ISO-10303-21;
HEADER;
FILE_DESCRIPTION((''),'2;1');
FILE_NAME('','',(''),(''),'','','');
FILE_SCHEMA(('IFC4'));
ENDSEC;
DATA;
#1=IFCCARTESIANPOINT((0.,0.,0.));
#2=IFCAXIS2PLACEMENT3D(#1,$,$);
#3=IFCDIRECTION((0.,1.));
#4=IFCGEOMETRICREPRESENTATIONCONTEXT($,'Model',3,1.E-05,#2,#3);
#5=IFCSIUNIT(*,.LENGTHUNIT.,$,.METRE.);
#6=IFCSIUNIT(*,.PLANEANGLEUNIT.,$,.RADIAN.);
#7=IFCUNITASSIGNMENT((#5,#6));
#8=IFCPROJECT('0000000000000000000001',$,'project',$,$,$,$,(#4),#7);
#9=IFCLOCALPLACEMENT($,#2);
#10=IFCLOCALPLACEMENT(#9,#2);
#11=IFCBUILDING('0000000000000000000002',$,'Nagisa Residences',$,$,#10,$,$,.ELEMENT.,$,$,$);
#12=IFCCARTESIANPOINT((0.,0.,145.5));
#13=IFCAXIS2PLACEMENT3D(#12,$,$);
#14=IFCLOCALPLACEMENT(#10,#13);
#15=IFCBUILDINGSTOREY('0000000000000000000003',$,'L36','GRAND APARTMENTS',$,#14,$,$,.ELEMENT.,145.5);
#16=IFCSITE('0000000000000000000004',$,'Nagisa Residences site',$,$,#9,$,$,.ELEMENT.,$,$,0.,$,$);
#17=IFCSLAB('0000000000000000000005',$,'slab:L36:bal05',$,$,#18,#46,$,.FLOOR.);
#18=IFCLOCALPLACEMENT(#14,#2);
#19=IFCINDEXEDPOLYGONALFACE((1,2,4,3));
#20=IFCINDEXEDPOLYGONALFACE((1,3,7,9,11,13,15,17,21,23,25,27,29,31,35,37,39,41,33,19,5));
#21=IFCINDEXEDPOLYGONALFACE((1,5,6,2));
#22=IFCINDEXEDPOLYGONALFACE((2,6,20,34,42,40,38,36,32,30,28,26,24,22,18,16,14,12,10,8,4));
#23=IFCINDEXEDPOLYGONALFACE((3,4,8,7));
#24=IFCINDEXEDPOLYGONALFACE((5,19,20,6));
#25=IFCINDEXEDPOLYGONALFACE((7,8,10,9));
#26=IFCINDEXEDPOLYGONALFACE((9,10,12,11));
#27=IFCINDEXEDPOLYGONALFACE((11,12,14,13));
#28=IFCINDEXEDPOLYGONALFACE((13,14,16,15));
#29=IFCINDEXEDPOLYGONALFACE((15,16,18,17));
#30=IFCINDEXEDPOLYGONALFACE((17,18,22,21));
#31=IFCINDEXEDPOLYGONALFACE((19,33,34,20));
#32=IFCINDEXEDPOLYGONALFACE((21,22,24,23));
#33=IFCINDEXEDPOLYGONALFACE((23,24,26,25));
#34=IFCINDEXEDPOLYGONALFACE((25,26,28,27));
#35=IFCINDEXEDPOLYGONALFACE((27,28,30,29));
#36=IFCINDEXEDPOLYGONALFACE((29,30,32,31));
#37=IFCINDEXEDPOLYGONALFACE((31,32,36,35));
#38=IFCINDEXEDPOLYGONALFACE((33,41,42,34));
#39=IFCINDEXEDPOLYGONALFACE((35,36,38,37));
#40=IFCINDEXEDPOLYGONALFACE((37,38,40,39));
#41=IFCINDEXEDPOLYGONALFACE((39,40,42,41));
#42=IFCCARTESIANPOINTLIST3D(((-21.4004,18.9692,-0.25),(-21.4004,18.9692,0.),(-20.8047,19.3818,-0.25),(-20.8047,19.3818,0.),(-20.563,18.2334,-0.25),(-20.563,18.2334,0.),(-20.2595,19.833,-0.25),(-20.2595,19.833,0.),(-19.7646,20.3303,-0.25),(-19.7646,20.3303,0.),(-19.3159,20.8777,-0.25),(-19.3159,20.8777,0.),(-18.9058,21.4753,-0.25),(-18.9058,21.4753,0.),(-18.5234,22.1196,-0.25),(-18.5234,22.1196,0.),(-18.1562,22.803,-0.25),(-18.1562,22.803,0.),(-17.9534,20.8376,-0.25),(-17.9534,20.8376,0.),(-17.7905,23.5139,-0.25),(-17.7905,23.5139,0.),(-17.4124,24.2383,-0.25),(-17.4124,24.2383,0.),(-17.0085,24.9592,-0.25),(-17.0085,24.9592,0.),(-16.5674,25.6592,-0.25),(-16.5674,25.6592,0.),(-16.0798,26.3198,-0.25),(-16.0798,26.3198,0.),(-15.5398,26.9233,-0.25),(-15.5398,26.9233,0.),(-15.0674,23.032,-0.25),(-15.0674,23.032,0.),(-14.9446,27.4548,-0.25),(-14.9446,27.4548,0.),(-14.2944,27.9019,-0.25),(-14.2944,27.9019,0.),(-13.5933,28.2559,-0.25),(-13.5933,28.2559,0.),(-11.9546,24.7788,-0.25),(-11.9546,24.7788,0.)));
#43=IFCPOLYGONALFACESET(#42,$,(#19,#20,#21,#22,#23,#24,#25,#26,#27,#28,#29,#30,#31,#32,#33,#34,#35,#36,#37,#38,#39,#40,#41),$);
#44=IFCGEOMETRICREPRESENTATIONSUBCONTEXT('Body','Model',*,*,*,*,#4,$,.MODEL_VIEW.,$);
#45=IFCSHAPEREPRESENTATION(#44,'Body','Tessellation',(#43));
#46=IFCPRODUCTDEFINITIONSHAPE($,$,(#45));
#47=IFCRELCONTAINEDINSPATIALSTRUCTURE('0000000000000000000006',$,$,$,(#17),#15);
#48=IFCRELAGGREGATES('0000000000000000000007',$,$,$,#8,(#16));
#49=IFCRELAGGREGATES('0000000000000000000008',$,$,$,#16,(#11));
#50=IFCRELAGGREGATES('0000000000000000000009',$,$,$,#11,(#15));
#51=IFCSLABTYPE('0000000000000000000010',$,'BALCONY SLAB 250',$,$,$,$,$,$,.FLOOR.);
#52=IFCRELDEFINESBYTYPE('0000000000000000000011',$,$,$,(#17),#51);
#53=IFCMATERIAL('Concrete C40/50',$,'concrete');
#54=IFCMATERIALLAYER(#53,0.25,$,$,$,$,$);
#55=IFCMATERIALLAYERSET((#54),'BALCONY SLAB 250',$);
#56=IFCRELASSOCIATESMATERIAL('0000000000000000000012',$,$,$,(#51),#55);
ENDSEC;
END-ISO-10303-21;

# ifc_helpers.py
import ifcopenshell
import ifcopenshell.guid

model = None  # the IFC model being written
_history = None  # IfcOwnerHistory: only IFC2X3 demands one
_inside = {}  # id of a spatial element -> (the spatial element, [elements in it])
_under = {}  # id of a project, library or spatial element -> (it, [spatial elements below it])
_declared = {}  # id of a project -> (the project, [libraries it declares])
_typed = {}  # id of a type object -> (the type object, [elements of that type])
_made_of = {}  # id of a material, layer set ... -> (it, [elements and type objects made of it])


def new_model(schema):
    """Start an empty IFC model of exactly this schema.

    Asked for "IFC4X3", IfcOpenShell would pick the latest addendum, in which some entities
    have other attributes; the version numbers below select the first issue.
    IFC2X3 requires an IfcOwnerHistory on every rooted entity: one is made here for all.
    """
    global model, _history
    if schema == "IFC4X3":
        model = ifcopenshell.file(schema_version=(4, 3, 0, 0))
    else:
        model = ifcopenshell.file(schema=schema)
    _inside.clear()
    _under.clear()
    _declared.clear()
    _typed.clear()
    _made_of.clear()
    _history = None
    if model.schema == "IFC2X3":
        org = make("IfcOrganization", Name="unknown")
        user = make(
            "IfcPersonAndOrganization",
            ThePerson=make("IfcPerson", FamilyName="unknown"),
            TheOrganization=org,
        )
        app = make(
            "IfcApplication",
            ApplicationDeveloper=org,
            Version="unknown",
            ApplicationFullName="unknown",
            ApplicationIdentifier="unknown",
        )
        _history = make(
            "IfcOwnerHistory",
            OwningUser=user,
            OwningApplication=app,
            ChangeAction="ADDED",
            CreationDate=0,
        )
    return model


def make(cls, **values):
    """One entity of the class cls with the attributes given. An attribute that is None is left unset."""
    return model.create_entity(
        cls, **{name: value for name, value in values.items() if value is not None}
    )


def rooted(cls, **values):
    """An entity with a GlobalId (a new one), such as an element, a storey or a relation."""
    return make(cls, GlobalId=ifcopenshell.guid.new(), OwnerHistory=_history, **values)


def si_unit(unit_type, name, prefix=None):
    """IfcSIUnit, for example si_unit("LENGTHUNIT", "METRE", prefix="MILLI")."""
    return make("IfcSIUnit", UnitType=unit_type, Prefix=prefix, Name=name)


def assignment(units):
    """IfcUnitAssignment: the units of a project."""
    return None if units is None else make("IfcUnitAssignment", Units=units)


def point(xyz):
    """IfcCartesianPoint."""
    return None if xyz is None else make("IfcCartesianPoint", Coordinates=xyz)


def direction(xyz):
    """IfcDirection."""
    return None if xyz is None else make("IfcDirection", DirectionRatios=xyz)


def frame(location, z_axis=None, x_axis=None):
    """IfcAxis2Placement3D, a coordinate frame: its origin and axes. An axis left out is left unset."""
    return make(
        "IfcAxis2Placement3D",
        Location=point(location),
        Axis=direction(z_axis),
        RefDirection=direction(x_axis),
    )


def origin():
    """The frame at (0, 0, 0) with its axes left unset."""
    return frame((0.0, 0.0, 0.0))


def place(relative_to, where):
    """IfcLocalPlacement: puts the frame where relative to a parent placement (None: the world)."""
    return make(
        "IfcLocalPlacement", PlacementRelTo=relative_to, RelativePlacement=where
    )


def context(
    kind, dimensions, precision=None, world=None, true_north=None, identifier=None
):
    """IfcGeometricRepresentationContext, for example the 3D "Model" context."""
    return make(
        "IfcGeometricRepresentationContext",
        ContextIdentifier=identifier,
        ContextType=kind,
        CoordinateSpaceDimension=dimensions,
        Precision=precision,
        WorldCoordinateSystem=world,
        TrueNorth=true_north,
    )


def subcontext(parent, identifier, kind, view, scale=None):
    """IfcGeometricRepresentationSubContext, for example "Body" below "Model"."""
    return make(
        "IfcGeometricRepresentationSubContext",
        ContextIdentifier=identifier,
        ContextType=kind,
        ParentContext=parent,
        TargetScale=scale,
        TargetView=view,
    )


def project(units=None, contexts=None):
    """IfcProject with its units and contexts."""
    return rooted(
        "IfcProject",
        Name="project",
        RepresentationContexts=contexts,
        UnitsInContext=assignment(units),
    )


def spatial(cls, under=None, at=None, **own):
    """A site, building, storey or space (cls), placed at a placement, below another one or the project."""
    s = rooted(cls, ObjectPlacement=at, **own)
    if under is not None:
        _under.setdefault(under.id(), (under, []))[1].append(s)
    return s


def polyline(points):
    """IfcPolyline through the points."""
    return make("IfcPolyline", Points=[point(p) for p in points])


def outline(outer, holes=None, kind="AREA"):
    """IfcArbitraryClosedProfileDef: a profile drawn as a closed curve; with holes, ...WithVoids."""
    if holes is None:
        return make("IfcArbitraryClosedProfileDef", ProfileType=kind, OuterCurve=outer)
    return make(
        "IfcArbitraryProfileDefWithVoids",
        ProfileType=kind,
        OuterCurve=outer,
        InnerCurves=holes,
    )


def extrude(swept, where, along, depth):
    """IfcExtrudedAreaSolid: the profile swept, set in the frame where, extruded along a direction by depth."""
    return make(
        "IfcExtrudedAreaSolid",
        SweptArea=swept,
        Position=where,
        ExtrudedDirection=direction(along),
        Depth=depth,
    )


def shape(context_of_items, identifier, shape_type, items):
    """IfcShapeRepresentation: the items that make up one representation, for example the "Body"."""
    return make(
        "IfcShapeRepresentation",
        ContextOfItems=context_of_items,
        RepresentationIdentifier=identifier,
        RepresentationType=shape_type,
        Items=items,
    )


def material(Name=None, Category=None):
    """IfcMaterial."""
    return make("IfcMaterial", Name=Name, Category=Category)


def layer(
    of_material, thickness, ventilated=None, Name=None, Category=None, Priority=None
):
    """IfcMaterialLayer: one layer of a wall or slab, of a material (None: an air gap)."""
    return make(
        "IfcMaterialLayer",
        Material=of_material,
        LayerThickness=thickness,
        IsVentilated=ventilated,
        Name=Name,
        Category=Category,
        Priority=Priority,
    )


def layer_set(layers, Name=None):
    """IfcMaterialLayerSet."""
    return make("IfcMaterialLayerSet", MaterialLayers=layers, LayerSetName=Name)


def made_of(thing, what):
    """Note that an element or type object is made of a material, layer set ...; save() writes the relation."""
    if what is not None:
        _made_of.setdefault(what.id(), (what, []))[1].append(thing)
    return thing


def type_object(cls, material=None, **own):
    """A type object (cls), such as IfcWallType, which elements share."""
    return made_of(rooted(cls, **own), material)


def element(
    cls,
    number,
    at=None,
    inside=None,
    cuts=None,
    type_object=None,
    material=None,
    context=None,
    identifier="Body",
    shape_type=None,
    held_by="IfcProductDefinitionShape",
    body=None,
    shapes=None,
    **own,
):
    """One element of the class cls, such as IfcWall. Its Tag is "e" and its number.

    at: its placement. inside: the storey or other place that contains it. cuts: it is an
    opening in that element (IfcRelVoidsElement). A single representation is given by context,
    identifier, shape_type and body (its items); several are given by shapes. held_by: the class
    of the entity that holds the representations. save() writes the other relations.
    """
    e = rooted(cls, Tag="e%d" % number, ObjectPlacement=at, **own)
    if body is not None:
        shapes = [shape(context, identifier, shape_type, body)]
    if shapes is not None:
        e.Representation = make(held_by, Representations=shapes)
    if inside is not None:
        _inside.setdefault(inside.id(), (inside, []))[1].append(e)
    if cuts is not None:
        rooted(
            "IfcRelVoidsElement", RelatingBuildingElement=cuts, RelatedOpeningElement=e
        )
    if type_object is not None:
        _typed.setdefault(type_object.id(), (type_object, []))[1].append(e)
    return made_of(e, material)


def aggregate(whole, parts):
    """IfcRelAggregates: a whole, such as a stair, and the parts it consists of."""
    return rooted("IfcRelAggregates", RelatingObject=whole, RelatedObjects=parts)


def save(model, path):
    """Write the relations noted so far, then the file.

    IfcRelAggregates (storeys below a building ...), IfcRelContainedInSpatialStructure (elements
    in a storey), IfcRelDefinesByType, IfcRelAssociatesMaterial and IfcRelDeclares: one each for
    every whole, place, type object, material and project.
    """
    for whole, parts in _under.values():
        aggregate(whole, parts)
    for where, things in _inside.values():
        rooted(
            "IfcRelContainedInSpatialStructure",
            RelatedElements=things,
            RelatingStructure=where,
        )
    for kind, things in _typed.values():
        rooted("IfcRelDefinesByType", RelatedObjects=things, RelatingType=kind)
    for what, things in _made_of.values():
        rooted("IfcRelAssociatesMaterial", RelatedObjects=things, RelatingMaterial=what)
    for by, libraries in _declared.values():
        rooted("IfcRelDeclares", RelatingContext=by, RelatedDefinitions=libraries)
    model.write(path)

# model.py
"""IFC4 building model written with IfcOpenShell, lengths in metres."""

from ifc_helpers import new_model, si_unit, direction, frame, origin, place, context, subcontext, project, spatial, polyline, outline, extrude, material, layer, layer_set, type_object, element, save


model = new_model("IFC4")

# Units and contexts
model_context = context("Model", 3, precision=1e-05, world=origin(), true_north=direction((0.0, 1.0)))
body_context = subcontext(model_context, "Body", "Model", "MODEL_VIEW")
ifc_project = project(units=[si_unit("LENGTHUNIT", "METRE"), si_unit("PLANEANGLEUNIT", "RADIAN")], contexts=[model_context])

# Site, building, storey
site_placement = place(None, origin())
site = spatial("IfcSite", under=ifc_project, at=site_placement, Name="Nagisa Residences site", CompositionType="ELEMENT", RefElevation=0.0)
building_placement = place(site_placement, origin())
building = spatial("IfcBuilding", under=site, at=building_placement, Name="Nagisa Residences", CompositionType="ELEMENT")
storey_placement = place(building_placement, frame((0.0, 0.0, 145.5)))
storey = spatial("IfcBuildingStorey", under=building, at=storey_placement, Name="L36", Description="GRAND APARTMENTS", CompositionType="ELEMENT", Elevation=145.5)

# Slab
ifc_material_1 = material(Name="Concrete C40/50", Category="concrete")
ifc_layer_1 = layer(ifc_material_1, 0.25)
ifc_layer_set_1 = layer_set([ifc_layer_1], Name="BALCONY SLAB 250")
slab_type_1 = type_object("IfcSlabType", Name="BALCONY SLAB 250", PredefinedType="FLOOR", material=ifc_layer_set_1)
slab_1_placement = place(storey_placement, frame((0.0, 0.0, -0.25)))
element("IfcSlab", 1, at=slab_1_placement, inside=storey, type_object=slab_type_1, Name="slab:L36:bal05", PredefinedType="FLOOR", context=body_context, shape_type="SweptSolid", body=[
    extrude(outline(polyline([(-13.5933, 28.2559), (-14.2944, 27.9019), (-14.9446, 27.4548), (-15.5398, 26.9233), (-16.0798, 26.3198), (-16.5674, 25.6592), (-17.0085, 24.9592), (-17.4124, 24.2383), (-17.7905, 23.5139), (-18.1562, 22.803), (-18.5234, 22.1196), (-18.9058, 21.4753), (-19.3159, 20.8777), (-19.7646, 20.3303), (-20.2595, 19.833), (-20.8047, 19.3818), (-21.4004, 18.9692), (-20.563, 18.2334), (-17.9534, 20.8376), (-15.0674, 23.032), (-11.9546, 24.7788), (-13.5933, 28.2559)])), origin(), (0.0, 0.0, 1.0), 0.25),
])

save(model, "model.ifc")
